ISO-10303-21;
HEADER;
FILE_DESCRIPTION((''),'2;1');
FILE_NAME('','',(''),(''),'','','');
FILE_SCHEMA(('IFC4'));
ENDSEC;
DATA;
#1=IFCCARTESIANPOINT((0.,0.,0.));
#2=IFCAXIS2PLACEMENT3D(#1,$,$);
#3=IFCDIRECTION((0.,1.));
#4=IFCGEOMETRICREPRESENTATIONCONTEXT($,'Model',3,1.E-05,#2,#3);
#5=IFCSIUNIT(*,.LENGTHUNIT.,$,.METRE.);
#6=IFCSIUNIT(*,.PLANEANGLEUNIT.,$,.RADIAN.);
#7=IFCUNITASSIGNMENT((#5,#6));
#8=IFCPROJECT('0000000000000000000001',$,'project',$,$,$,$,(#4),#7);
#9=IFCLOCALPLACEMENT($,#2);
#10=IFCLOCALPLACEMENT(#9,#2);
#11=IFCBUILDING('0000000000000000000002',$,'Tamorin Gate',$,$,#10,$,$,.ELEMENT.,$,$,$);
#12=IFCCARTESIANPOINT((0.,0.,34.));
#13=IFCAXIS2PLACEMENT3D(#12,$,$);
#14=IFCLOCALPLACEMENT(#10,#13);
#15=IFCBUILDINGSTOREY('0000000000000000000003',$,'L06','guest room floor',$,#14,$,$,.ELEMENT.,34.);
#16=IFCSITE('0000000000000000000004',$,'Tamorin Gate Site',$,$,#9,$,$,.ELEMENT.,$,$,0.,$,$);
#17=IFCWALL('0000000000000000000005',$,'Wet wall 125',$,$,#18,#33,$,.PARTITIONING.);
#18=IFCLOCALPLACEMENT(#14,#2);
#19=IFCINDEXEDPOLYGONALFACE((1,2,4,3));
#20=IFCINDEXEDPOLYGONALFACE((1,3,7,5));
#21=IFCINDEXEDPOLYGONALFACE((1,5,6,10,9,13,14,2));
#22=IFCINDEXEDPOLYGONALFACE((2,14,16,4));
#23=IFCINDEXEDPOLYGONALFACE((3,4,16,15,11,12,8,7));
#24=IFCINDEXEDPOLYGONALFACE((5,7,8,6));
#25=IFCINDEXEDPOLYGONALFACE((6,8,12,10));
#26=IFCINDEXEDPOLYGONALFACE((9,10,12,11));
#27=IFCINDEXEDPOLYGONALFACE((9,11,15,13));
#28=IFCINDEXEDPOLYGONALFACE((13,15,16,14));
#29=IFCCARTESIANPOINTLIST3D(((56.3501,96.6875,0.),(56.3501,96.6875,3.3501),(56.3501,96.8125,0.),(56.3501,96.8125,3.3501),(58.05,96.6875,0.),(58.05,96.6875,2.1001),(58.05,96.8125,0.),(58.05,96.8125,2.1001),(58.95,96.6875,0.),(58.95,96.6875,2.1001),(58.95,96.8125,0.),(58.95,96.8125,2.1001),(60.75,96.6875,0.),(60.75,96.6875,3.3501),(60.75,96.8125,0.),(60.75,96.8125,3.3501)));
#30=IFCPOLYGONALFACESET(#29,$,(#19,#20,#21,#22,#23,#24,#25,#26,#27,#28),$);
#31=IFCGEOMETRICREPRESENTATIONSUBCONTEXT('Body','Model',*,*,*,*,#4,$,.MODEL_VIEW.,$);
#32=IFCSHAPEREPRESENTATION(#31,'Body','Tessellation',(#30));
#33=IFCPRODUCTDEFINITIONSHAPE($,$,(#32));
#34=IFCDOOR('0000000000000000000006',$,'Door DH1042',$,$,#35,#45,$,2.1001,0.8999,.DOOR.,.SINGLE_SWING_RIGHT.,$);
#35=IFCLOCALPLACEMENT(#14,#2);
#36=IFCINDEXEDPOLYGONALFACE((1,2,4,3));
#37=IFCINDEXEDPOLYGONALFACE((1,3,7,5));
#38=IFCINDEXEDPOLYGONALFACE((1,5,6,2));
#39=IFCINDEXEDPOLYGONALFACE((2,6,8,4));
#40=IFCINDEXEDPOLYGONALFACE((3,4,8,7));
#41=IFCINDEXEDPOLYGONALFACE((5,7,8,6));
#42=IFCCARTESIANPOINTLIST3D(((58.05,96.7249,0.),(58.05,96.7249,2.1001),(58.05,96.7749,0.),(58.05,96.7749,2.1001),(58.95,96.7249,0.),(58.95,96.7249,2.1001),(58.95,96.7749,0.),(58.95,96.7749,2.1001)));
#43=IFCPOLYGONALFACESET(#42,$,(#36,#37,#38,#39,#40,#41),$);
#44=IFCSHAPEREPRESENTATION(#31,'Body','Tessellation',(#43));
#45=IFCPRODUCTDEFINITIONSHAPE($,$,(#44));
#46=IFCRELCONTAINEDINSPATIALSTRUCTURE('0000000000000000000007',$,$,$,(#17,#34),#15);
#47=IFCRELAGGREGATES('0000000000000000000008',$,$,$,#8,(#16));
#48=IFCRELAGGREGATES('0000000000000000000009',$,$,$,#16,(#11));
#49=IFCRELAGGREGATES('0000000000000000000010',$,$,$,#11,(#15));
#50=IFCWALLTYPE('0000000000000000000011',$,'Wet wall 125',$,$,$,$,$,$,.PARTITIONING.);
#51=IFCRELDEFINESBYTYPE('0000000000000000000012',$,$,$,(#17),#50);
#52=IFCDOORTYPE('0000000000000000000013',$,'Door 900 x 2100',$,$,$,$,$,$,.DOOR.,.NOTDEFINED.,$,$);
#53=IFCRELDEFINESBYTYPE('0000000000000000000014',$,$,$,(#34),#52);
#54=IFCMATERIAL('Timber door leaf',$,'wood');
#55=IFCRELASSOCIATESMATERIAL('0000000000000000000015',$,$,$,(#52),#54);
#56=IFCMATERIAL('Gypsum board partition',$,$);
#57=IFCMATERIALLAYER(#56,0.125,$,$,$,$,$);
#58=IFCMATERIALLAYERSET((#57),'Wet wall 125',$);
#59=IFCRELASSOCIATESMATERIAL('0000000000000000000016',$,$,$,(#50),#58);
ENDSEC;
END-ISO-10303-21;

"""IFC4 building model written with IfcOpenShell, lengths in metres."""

from ifc_helpers import new_model, si_unit, direction, frame, frame_2d, origin, place, context, subcontext, project, spatial, rectangle, extrude, material, layer, layer_set, type_object, element, fill, save


model = new_model("IFC4")

# Units and contexts
model_context = context("Model", 3, precision=1e-05, world=origin(), true_north=direction((0.0, 1.0)))
body_context = subcontext(model_context, "Body", "Model", "MODEL_VIEW")
ifc_project = project(units=[si_unit("LENGTHUNIT", "METRE"), si_unit("PLANEANGLEUNIT", "RADIAN")], contexts=[model_context])

# Site, building, storey
site_placement = place(None, origin())
site = spatial("IfcSite", under=ifc_project, at=site_placement, Name="Tamorin Gate Site", CompositionType="ELEMENT", RefElevation=0.0)
building_placement = place(site_placement, origin())
building = spatial("IfcBuilding", under=site, at=building_placement, Name="Tamorin Gate", CompositionType="ELEMENT")
storey_placement = place(building_placement, frame((0.0, 0.0, 34.0)))
storey = spatial("IfcBuildingStorey", under=building, at=storey_placement, Name="L06", Description="guest room floor", CompositionType="ELEMENT", Elevation=34.0)

# Wall, opening, door
ifc_material_1 = material(Name="Gypsum board partition")
ifc_material_2 = material(Name="Timber door leaf", Category="wood")
door_type = type_object("IfcDoorType", Name="Door 900 x 2100", OperationType="NOTDEFINED", PredefinedType="DOOR", material=ifc_material_2)
ifc_layer_1 = layer(ifc_material_1, 0.125)
ifc_layer_set_1 = layer_set([ifc_layer_1], Name="Wet wall 125")
wall_type_1 = type_object("IfcWallType", Name="Wet wall 125", PredefinedType="PARTITIONING", material=ifc_layer_set_1)
wall_1_placement = place(storey_placement, frame((56.3501, 96.75, 0.0), z_axis=(0.0, 0.0, 1.0), x_axis=(1.0, 0.0, 0.0)))
wall_1 = element("IfcWall", 1, at=wall_1_placement, inside=storey, type_object=wall_type_1, Name="Wet wall 125", PredefinedType="PARTITIONING", context=body_context, shape_type="SweptSolid", body=[
    extrude(rectangle(XDim=4.3999, YDim=0.125, at=frame_2d((2.2, 0.0))), origin(), (0.0, 0.0, 1.0), 3.3501),
])
opening_1_placement = place(wall_1_placement, frame((1.7, 0.0, 0.0)))
opening_1 = element("IfcOpeningElement", 2, at=opening_1_placement, cuts=wall_1, PredefinedType="OPENING", context=body_context, shape_type="SweptSolid", body=[
    extrude(rectangle(XDim=0.8999, YDim=2.1001, at=frame_2d((0.45, 1.05))), frame((0.0, 0.0725, 0.0), z_axis=(0.0, -1.0, 0.0), x_axis=(1.0, 0.0, 0.0)), (0.0, 0.0, 1.0), 0.145),
])
door_1_placement = place(opening_1_placement, origin())
door_1 = element("IfcDoor", 3, at=door_1_placement, inside=storey, type_object=door_type, Name="Door DH1042", OperationType="SINGLE_SWING_RIGHT", OverallHeight=2.1001, OverallWidth=0.8999, PredefinedType="DOOR", context=body_context, shape_type="SweptSolid", body=[
    extrude(rectangle(XDim=0.8999, YDim=2.1001, at=frame_2d((0.45, 1.05))), frame((0.0, 0.0249, 0.0), z_axis=(0.0, -1.0, 0.0), x_axis=(1.0, 0.0, 0.0)), (0.0, 0.0, 1.0), 0.05),
])
fill(opening_1, door_1)

save(model, "model.ifc")
